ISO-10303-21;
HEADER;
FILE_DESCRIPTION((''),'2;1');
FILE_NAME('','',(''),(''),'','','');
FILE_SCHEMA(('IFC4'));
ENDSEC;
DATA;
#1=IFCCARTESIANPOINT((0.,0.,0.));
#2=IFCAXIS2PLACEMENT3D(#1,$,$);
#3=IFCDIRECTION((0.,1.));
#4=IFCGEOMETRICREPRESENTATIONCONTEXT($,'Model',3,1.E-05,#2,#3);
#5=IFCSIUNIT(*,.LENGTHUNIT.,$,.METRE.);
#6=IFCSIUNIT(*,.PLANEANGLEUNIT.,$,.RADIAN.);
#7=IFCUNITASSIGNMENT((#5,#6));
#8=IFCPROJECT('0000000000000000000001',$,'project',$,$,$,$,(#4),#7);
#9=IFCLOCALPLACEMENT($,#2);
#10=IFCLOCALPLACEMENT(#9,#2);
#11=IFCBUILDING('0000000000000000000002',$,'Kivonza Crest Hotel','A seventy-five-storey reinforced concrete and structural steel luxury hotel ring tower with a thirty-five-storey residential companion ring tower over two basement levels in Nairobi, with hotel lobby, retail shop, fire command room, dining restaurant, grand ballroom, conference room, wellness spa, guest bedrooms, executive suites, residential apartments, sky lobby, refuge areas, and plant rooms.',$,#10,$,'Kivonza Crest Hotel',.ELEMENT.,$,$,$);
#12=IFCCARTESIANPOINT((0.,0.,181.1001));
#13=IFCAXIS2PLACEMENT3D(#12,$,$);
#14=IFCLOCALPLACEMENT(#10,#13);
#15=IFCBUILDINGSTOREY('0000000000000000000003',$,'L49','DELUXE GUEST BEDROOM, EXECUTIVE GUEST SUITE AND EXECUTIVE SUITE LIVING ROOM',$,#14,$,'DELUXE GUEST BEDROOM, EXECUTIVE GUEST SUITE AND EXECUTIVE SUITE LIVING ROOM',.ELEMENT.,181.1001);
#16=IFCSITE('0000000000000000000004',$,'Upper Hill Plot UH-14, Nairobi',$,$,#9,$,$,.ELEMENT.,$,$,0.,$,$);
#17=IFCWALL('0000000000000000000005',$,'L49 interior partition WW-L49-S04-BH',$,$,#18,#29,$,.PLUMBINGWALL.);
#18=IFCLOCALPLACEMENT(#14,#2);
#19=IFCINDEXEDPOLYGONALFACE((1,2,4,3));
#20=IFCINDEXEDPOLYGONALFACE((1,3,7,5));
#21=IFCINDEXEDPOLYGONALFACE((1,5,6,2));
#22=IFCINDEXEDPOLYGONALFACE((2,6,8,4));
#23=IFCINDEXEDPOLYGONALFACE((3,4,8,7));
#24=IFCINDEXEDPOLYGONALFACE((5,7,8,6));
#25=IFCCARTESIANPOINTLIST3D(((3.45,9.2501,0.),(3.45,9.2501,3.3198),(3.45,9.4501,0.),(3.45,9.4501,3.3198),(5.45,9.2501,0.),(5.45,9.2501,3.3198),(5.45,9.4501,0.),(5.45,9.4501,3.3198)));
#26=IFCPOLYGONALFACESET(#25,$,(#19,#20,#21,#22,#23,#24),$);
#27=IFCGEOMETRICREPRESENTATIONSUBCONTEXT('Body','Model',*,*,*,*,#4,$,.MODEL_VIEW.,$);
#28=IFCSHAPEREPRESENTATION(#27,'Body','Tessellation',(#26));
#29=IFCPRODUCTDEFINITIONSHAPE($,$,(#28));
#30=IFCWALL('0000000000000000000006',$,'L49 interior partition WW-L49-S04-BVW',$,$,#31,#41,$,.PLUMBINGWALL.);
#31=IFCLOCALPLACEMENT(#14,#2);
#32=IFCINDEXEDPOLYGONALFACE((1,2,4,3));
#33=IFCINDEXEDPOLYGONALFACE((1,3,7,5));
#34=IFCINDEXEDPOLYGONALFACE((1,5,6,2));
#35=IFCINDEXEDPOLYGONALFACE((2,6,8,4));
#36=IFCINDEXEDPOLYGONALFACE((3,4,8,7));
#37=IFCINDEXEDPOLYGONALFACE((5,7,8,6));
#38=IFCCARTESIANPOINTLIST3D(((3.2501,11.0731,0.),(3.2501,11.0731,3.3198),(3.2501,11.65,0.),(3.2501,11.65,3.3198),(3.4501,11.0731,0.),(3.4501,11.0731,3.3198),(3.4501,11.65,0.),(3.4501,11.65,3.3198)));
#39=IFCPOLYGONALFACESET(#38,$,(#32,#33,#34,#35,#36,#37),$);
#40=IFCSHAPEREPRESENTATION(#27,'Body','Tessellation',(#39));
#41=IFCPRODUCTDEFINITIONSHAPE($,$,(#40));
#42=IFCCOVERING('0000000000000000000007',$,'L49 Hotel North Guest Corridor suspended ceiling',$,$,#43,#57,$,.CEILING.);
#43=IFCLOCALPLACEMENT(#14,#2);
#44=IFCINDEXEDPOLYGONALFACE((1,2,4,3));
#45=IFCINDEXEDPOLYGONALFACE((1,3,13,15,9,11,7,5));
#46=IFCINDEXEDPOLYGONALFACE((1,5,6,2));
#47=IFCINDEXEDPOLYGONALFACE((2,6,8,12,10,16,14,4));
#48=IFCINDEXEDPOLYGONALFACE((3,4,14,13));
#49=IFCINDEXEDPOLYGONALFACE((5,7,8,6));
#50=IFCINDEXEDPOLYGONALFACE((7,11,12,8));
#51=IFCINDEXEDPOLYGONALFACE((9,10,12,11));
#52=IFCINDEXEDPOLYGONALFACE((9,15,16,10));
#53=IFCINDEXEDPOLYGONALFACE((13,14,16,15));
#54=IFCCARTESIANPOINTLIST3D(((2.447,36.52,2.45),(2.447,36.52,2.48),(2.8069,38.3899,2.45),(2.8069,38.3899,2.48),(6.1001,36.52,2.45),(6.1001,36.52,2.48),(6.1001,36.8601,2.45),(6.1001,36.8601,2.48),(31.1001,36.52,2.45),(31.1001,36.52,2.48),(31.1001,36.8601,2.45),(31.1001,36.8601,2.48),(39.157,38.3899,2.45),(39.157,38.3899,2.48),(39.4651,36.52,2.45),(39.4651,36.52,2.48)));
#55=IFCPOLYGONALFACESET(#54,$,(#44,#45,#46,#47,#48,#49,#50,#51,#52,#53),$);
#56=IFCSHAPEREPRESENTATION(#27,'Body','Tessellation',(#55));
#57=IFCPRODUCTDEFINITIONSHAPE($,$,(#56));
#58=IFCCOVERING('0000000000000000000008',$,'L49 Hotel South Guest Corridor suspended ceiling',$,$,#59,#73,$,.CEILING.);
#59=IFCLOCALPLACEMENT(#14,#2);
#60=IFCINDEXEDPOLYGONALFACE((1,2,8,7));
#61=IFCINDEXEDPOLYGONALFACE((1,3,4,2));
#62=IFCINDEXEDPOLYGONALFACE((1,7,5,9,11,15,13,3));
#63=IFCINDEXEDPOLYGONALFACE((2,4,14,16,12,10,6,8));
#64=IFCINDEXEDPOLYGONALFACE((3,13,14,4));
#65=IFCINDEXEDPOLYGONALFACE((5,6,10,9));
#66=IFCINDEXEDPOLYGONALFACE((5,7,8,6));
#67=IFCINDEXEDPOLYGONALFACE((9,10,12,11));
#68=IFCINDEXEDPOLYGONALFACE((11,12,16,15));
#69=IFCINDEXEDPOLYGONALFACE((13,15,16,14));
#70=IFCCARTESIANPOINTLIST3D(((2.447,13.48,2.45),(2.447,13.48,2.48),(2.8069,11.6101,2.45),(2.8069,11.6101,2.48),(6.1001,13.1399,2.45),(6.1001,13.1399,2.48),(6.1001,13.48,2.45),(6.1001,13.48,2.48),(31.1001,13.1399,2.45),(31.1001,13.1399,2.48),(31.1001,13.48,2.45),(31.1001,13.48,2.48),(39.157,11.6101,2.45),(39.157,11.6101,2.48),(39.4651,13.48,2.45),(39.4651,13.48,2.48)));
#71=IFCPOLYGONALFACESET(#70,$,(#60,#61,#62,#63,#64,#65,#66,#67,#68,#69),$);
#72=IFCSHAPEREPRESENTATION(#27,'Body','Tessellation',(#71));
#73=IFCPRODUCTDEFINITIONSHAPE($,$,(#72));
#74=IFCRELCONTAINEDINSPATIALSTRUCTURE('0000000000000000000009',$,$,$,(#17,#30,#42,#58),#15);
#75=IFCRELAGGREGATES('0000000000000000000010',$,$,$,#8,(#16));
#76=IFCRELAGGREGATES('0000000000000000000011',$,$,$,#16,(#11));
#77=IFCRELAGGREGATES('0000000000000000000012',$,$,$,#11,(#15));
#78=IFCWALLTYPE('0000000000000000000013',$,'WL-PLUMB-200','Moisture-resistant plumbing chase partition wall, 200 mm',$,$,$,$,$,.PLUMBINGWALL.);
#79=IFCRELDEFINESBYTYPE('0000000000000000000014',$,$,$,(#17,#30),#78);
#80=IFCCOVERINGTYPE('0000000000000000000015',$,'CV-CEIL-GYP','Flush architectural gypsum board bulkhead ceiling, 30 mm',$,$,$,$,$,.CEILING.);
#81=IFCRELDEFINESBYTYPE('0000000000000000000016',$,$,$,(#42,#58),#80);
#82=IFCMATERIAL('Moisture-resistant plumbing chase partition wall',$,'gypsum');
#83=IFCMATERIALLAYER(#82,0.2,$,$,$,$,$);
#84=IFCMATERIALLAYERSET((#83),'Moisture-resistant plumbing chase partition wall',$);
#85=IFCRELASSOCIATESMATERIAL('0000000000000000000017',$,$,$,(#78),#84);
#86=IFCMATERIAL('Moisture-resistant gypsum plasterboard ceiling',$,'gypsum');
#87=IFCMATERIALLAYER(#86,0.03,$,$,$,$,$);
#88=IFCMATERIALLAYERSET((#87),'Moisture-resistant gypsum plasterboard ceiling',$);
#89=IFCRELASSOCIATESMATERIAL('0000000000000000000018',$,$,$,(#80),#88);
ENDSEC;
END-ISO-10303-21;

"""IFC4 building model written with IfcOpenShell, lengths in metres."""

from ifc_helpers import new_model, si_unit, direction, frame, frame_2d, origin, place, context, subcontext, project, spatial, polyline, rectangle, outline, extrude, material, layer, layer_set, type_object, element, save


model = new_model("IFC4")

# Units and contexts
model_context = context("Model", 3, precision=1e-05, world=origin(), true_north=direction((0.0, 1.0)))
body_context = subcontext(model_context, "Body", "Model", "MODEL_VIEW")
ifc_project = project(units=[si_unit("LENGTHUNIT", "METRE"), si_unit("PLANEANGLEUNIT", "RADIAN")], contexts=[model_context])

# Site, building, storey
site_placement = place(None, origin())
site = spatial("IfcSite", under=ifc_project, at=site_placement, Name="Upper Hill Plot UH-14, Nairobi", CompositionType="ELEMENT", RefElevation=0.0)
building_placement = place(site_placement, origin())
building = spatial("IfcBuilding", under=site, at=building_placement, Name="Kivonza Crest Hotel", Description="A seventy-five-storey reinforced concrete and structural steel luxury hotel ring tower with a thirty-five-storey residential companion ring tower over two basement levels in Nairobi, with hotel lobby, retail shop, fire command room, dining restaurant, grand ballroom, conference room, wellness spa, guest bedrooms, executive suites, residential apartments, sky lobby, refuge areas, and plant rooms.", LongName="Kivonza Crest Hotel", CompositionType="ELEMENT")
storey_placement = place(building_placement, frame((0.0, 0.0, 181.1001)))
storey = spatial("IfcBuildingStorey", under=building, at=storey_placement, Name="L49", Description="DELUXE GUEST BEDROOM, EXECUTIVE GUEST SUITE AND EXECUTIVE SUITE LIVING ROOM", LongName="DELUXE GUEST BEDROOM, EXECUTIVE GUEST SUITE AND EXECUTIVE SUITE LIVING ROOM", CompositionType="ELEMENT", Elevation=181.1001)

# Shared definitions
ifc_material_1 = material(Name="Moisture-resistant plumbing chase partition wall", Category="gypsum")
ifc_layer_1 = layer(ifc_material_1, 0.2)
ifc_layer_set_1 = layer_set([ifc_layer_1], Name="Moisture-resistant plumbing chase partition wall")
wall_type_1 = type_object("IfcWallType", Name="WL-PLUMB-200", Description="Moisture-resistant plumbing chase partition wall, 200 mm", PredefinedType="PLUMBINGWALL", material=ifc_layer_set_1)

# Walls
wall_1_placement = place(storey_placement, frame((3.45, 9.3501, 0.0), z_axis=(0.0, 0.0, 1.0), x_axis=(1.0, 0.0, 0.0)))
element("IfcWall", 1, at=wall_1_placement, inside=storey, type_object=wall_type_1, Name="L49 interior partition WW-L49-S04-BH", PredefinedType="PLUMBINGWALL", context=body_context, shape_type="SweptSolid", body=[
    extrude(rectangle(XDim=2.0, YDim=0.2, at=frame_2d((1.0, 0.0))), origin(), (0.0, 0.0, 1.0), 3.3198),
])
wall_2_placement = place(storey_placement, frame((3.3501, 11.073, 0.0), z_axis=(0.0, 0.0, 1.0), x_axis=(0.0, 1.0, 0.0)))
element("IfcWall", 2, at=wall_2_placement, inside=storey, type_object=wall_type_1, Name="L49 interior partition WW-L49-S04-BVW", PredefinedType="PLUMBINGWALL", context=body_context, shape_type="SweptSolid", body=[
    extrude(rectangle(XDim=0.5769, YDim=0.2, at=frame_2d((0.2886, 0.0))), origin(), (0.0, 0.0, 1.0), 3.3198),
])

# Coverings
ifc_material_2 = material(Name="Moisture-resistant gypsum plasterboard ceiling", Category="gypsum")
ifc_layer_2 = layer(ifc_material_2, 0.03)
ifc_layer_set_2 = layer_set([ifc_layer_2], Name="Moisture-resistant gypsum plasterboard ceiling")
covering_type = type_object("IfcCoveringType", Name="CV-CEIL-GYP", Description="Flush architectural gypsum board bulkhead ceiling, 30 mm", PredefinedType="CEILING", material=ifc_layer_set_2)
covering_1_placement = place(storey_placement, frame((0.0, 0.0, 2.45)))
element("IfcCovering", 3, at=covering_1_placement, inside=storey, type_object=covering_type, Name="L49 Hotel North Guest Corridor suspended ceiling", PredefinedType="CEILING", context=body_context, shape_type="SweptSolid", body=[
    extrude(outline(polyline([(2.8069, 38.3899), (2.447, 36.52), (6.1001, 36.52), (6.1001, 36.8601), (31.1001, 36.8601), (31.1001, 36.52), (39.4651, 36.52), (39.157, 38.3899), (2.8069, 38.3899)])), origin(), (0.0, 0.0, 1.0), 0.03),
])
covering_2_placement = place(storey_placement, frame((0.0, 0.0, 2.45)))
element("IfcCovering", 4, at=covering_2_placement, inside=storey, type_object=covering_type, Name="L49 Hotel South Guest Corridor suspended ceiling", PredefinedType="CEILING", context=body_context, shape_type="SweptSolid", body=[
    extrude(outline(polyline([(2.447, 13.48), (2.8069, 11.6101), (39.157, 11.6101), (39.4651, 13.48), (31.1001, 13.48), (31.1001, 13.1399), (6.1001, 13.1399), (6.1001, 13.48), (2.447, 13.48)])), origin(), (0.0, 0.0, 1.0), 0.03),
])

save(model, "model.ifc")
